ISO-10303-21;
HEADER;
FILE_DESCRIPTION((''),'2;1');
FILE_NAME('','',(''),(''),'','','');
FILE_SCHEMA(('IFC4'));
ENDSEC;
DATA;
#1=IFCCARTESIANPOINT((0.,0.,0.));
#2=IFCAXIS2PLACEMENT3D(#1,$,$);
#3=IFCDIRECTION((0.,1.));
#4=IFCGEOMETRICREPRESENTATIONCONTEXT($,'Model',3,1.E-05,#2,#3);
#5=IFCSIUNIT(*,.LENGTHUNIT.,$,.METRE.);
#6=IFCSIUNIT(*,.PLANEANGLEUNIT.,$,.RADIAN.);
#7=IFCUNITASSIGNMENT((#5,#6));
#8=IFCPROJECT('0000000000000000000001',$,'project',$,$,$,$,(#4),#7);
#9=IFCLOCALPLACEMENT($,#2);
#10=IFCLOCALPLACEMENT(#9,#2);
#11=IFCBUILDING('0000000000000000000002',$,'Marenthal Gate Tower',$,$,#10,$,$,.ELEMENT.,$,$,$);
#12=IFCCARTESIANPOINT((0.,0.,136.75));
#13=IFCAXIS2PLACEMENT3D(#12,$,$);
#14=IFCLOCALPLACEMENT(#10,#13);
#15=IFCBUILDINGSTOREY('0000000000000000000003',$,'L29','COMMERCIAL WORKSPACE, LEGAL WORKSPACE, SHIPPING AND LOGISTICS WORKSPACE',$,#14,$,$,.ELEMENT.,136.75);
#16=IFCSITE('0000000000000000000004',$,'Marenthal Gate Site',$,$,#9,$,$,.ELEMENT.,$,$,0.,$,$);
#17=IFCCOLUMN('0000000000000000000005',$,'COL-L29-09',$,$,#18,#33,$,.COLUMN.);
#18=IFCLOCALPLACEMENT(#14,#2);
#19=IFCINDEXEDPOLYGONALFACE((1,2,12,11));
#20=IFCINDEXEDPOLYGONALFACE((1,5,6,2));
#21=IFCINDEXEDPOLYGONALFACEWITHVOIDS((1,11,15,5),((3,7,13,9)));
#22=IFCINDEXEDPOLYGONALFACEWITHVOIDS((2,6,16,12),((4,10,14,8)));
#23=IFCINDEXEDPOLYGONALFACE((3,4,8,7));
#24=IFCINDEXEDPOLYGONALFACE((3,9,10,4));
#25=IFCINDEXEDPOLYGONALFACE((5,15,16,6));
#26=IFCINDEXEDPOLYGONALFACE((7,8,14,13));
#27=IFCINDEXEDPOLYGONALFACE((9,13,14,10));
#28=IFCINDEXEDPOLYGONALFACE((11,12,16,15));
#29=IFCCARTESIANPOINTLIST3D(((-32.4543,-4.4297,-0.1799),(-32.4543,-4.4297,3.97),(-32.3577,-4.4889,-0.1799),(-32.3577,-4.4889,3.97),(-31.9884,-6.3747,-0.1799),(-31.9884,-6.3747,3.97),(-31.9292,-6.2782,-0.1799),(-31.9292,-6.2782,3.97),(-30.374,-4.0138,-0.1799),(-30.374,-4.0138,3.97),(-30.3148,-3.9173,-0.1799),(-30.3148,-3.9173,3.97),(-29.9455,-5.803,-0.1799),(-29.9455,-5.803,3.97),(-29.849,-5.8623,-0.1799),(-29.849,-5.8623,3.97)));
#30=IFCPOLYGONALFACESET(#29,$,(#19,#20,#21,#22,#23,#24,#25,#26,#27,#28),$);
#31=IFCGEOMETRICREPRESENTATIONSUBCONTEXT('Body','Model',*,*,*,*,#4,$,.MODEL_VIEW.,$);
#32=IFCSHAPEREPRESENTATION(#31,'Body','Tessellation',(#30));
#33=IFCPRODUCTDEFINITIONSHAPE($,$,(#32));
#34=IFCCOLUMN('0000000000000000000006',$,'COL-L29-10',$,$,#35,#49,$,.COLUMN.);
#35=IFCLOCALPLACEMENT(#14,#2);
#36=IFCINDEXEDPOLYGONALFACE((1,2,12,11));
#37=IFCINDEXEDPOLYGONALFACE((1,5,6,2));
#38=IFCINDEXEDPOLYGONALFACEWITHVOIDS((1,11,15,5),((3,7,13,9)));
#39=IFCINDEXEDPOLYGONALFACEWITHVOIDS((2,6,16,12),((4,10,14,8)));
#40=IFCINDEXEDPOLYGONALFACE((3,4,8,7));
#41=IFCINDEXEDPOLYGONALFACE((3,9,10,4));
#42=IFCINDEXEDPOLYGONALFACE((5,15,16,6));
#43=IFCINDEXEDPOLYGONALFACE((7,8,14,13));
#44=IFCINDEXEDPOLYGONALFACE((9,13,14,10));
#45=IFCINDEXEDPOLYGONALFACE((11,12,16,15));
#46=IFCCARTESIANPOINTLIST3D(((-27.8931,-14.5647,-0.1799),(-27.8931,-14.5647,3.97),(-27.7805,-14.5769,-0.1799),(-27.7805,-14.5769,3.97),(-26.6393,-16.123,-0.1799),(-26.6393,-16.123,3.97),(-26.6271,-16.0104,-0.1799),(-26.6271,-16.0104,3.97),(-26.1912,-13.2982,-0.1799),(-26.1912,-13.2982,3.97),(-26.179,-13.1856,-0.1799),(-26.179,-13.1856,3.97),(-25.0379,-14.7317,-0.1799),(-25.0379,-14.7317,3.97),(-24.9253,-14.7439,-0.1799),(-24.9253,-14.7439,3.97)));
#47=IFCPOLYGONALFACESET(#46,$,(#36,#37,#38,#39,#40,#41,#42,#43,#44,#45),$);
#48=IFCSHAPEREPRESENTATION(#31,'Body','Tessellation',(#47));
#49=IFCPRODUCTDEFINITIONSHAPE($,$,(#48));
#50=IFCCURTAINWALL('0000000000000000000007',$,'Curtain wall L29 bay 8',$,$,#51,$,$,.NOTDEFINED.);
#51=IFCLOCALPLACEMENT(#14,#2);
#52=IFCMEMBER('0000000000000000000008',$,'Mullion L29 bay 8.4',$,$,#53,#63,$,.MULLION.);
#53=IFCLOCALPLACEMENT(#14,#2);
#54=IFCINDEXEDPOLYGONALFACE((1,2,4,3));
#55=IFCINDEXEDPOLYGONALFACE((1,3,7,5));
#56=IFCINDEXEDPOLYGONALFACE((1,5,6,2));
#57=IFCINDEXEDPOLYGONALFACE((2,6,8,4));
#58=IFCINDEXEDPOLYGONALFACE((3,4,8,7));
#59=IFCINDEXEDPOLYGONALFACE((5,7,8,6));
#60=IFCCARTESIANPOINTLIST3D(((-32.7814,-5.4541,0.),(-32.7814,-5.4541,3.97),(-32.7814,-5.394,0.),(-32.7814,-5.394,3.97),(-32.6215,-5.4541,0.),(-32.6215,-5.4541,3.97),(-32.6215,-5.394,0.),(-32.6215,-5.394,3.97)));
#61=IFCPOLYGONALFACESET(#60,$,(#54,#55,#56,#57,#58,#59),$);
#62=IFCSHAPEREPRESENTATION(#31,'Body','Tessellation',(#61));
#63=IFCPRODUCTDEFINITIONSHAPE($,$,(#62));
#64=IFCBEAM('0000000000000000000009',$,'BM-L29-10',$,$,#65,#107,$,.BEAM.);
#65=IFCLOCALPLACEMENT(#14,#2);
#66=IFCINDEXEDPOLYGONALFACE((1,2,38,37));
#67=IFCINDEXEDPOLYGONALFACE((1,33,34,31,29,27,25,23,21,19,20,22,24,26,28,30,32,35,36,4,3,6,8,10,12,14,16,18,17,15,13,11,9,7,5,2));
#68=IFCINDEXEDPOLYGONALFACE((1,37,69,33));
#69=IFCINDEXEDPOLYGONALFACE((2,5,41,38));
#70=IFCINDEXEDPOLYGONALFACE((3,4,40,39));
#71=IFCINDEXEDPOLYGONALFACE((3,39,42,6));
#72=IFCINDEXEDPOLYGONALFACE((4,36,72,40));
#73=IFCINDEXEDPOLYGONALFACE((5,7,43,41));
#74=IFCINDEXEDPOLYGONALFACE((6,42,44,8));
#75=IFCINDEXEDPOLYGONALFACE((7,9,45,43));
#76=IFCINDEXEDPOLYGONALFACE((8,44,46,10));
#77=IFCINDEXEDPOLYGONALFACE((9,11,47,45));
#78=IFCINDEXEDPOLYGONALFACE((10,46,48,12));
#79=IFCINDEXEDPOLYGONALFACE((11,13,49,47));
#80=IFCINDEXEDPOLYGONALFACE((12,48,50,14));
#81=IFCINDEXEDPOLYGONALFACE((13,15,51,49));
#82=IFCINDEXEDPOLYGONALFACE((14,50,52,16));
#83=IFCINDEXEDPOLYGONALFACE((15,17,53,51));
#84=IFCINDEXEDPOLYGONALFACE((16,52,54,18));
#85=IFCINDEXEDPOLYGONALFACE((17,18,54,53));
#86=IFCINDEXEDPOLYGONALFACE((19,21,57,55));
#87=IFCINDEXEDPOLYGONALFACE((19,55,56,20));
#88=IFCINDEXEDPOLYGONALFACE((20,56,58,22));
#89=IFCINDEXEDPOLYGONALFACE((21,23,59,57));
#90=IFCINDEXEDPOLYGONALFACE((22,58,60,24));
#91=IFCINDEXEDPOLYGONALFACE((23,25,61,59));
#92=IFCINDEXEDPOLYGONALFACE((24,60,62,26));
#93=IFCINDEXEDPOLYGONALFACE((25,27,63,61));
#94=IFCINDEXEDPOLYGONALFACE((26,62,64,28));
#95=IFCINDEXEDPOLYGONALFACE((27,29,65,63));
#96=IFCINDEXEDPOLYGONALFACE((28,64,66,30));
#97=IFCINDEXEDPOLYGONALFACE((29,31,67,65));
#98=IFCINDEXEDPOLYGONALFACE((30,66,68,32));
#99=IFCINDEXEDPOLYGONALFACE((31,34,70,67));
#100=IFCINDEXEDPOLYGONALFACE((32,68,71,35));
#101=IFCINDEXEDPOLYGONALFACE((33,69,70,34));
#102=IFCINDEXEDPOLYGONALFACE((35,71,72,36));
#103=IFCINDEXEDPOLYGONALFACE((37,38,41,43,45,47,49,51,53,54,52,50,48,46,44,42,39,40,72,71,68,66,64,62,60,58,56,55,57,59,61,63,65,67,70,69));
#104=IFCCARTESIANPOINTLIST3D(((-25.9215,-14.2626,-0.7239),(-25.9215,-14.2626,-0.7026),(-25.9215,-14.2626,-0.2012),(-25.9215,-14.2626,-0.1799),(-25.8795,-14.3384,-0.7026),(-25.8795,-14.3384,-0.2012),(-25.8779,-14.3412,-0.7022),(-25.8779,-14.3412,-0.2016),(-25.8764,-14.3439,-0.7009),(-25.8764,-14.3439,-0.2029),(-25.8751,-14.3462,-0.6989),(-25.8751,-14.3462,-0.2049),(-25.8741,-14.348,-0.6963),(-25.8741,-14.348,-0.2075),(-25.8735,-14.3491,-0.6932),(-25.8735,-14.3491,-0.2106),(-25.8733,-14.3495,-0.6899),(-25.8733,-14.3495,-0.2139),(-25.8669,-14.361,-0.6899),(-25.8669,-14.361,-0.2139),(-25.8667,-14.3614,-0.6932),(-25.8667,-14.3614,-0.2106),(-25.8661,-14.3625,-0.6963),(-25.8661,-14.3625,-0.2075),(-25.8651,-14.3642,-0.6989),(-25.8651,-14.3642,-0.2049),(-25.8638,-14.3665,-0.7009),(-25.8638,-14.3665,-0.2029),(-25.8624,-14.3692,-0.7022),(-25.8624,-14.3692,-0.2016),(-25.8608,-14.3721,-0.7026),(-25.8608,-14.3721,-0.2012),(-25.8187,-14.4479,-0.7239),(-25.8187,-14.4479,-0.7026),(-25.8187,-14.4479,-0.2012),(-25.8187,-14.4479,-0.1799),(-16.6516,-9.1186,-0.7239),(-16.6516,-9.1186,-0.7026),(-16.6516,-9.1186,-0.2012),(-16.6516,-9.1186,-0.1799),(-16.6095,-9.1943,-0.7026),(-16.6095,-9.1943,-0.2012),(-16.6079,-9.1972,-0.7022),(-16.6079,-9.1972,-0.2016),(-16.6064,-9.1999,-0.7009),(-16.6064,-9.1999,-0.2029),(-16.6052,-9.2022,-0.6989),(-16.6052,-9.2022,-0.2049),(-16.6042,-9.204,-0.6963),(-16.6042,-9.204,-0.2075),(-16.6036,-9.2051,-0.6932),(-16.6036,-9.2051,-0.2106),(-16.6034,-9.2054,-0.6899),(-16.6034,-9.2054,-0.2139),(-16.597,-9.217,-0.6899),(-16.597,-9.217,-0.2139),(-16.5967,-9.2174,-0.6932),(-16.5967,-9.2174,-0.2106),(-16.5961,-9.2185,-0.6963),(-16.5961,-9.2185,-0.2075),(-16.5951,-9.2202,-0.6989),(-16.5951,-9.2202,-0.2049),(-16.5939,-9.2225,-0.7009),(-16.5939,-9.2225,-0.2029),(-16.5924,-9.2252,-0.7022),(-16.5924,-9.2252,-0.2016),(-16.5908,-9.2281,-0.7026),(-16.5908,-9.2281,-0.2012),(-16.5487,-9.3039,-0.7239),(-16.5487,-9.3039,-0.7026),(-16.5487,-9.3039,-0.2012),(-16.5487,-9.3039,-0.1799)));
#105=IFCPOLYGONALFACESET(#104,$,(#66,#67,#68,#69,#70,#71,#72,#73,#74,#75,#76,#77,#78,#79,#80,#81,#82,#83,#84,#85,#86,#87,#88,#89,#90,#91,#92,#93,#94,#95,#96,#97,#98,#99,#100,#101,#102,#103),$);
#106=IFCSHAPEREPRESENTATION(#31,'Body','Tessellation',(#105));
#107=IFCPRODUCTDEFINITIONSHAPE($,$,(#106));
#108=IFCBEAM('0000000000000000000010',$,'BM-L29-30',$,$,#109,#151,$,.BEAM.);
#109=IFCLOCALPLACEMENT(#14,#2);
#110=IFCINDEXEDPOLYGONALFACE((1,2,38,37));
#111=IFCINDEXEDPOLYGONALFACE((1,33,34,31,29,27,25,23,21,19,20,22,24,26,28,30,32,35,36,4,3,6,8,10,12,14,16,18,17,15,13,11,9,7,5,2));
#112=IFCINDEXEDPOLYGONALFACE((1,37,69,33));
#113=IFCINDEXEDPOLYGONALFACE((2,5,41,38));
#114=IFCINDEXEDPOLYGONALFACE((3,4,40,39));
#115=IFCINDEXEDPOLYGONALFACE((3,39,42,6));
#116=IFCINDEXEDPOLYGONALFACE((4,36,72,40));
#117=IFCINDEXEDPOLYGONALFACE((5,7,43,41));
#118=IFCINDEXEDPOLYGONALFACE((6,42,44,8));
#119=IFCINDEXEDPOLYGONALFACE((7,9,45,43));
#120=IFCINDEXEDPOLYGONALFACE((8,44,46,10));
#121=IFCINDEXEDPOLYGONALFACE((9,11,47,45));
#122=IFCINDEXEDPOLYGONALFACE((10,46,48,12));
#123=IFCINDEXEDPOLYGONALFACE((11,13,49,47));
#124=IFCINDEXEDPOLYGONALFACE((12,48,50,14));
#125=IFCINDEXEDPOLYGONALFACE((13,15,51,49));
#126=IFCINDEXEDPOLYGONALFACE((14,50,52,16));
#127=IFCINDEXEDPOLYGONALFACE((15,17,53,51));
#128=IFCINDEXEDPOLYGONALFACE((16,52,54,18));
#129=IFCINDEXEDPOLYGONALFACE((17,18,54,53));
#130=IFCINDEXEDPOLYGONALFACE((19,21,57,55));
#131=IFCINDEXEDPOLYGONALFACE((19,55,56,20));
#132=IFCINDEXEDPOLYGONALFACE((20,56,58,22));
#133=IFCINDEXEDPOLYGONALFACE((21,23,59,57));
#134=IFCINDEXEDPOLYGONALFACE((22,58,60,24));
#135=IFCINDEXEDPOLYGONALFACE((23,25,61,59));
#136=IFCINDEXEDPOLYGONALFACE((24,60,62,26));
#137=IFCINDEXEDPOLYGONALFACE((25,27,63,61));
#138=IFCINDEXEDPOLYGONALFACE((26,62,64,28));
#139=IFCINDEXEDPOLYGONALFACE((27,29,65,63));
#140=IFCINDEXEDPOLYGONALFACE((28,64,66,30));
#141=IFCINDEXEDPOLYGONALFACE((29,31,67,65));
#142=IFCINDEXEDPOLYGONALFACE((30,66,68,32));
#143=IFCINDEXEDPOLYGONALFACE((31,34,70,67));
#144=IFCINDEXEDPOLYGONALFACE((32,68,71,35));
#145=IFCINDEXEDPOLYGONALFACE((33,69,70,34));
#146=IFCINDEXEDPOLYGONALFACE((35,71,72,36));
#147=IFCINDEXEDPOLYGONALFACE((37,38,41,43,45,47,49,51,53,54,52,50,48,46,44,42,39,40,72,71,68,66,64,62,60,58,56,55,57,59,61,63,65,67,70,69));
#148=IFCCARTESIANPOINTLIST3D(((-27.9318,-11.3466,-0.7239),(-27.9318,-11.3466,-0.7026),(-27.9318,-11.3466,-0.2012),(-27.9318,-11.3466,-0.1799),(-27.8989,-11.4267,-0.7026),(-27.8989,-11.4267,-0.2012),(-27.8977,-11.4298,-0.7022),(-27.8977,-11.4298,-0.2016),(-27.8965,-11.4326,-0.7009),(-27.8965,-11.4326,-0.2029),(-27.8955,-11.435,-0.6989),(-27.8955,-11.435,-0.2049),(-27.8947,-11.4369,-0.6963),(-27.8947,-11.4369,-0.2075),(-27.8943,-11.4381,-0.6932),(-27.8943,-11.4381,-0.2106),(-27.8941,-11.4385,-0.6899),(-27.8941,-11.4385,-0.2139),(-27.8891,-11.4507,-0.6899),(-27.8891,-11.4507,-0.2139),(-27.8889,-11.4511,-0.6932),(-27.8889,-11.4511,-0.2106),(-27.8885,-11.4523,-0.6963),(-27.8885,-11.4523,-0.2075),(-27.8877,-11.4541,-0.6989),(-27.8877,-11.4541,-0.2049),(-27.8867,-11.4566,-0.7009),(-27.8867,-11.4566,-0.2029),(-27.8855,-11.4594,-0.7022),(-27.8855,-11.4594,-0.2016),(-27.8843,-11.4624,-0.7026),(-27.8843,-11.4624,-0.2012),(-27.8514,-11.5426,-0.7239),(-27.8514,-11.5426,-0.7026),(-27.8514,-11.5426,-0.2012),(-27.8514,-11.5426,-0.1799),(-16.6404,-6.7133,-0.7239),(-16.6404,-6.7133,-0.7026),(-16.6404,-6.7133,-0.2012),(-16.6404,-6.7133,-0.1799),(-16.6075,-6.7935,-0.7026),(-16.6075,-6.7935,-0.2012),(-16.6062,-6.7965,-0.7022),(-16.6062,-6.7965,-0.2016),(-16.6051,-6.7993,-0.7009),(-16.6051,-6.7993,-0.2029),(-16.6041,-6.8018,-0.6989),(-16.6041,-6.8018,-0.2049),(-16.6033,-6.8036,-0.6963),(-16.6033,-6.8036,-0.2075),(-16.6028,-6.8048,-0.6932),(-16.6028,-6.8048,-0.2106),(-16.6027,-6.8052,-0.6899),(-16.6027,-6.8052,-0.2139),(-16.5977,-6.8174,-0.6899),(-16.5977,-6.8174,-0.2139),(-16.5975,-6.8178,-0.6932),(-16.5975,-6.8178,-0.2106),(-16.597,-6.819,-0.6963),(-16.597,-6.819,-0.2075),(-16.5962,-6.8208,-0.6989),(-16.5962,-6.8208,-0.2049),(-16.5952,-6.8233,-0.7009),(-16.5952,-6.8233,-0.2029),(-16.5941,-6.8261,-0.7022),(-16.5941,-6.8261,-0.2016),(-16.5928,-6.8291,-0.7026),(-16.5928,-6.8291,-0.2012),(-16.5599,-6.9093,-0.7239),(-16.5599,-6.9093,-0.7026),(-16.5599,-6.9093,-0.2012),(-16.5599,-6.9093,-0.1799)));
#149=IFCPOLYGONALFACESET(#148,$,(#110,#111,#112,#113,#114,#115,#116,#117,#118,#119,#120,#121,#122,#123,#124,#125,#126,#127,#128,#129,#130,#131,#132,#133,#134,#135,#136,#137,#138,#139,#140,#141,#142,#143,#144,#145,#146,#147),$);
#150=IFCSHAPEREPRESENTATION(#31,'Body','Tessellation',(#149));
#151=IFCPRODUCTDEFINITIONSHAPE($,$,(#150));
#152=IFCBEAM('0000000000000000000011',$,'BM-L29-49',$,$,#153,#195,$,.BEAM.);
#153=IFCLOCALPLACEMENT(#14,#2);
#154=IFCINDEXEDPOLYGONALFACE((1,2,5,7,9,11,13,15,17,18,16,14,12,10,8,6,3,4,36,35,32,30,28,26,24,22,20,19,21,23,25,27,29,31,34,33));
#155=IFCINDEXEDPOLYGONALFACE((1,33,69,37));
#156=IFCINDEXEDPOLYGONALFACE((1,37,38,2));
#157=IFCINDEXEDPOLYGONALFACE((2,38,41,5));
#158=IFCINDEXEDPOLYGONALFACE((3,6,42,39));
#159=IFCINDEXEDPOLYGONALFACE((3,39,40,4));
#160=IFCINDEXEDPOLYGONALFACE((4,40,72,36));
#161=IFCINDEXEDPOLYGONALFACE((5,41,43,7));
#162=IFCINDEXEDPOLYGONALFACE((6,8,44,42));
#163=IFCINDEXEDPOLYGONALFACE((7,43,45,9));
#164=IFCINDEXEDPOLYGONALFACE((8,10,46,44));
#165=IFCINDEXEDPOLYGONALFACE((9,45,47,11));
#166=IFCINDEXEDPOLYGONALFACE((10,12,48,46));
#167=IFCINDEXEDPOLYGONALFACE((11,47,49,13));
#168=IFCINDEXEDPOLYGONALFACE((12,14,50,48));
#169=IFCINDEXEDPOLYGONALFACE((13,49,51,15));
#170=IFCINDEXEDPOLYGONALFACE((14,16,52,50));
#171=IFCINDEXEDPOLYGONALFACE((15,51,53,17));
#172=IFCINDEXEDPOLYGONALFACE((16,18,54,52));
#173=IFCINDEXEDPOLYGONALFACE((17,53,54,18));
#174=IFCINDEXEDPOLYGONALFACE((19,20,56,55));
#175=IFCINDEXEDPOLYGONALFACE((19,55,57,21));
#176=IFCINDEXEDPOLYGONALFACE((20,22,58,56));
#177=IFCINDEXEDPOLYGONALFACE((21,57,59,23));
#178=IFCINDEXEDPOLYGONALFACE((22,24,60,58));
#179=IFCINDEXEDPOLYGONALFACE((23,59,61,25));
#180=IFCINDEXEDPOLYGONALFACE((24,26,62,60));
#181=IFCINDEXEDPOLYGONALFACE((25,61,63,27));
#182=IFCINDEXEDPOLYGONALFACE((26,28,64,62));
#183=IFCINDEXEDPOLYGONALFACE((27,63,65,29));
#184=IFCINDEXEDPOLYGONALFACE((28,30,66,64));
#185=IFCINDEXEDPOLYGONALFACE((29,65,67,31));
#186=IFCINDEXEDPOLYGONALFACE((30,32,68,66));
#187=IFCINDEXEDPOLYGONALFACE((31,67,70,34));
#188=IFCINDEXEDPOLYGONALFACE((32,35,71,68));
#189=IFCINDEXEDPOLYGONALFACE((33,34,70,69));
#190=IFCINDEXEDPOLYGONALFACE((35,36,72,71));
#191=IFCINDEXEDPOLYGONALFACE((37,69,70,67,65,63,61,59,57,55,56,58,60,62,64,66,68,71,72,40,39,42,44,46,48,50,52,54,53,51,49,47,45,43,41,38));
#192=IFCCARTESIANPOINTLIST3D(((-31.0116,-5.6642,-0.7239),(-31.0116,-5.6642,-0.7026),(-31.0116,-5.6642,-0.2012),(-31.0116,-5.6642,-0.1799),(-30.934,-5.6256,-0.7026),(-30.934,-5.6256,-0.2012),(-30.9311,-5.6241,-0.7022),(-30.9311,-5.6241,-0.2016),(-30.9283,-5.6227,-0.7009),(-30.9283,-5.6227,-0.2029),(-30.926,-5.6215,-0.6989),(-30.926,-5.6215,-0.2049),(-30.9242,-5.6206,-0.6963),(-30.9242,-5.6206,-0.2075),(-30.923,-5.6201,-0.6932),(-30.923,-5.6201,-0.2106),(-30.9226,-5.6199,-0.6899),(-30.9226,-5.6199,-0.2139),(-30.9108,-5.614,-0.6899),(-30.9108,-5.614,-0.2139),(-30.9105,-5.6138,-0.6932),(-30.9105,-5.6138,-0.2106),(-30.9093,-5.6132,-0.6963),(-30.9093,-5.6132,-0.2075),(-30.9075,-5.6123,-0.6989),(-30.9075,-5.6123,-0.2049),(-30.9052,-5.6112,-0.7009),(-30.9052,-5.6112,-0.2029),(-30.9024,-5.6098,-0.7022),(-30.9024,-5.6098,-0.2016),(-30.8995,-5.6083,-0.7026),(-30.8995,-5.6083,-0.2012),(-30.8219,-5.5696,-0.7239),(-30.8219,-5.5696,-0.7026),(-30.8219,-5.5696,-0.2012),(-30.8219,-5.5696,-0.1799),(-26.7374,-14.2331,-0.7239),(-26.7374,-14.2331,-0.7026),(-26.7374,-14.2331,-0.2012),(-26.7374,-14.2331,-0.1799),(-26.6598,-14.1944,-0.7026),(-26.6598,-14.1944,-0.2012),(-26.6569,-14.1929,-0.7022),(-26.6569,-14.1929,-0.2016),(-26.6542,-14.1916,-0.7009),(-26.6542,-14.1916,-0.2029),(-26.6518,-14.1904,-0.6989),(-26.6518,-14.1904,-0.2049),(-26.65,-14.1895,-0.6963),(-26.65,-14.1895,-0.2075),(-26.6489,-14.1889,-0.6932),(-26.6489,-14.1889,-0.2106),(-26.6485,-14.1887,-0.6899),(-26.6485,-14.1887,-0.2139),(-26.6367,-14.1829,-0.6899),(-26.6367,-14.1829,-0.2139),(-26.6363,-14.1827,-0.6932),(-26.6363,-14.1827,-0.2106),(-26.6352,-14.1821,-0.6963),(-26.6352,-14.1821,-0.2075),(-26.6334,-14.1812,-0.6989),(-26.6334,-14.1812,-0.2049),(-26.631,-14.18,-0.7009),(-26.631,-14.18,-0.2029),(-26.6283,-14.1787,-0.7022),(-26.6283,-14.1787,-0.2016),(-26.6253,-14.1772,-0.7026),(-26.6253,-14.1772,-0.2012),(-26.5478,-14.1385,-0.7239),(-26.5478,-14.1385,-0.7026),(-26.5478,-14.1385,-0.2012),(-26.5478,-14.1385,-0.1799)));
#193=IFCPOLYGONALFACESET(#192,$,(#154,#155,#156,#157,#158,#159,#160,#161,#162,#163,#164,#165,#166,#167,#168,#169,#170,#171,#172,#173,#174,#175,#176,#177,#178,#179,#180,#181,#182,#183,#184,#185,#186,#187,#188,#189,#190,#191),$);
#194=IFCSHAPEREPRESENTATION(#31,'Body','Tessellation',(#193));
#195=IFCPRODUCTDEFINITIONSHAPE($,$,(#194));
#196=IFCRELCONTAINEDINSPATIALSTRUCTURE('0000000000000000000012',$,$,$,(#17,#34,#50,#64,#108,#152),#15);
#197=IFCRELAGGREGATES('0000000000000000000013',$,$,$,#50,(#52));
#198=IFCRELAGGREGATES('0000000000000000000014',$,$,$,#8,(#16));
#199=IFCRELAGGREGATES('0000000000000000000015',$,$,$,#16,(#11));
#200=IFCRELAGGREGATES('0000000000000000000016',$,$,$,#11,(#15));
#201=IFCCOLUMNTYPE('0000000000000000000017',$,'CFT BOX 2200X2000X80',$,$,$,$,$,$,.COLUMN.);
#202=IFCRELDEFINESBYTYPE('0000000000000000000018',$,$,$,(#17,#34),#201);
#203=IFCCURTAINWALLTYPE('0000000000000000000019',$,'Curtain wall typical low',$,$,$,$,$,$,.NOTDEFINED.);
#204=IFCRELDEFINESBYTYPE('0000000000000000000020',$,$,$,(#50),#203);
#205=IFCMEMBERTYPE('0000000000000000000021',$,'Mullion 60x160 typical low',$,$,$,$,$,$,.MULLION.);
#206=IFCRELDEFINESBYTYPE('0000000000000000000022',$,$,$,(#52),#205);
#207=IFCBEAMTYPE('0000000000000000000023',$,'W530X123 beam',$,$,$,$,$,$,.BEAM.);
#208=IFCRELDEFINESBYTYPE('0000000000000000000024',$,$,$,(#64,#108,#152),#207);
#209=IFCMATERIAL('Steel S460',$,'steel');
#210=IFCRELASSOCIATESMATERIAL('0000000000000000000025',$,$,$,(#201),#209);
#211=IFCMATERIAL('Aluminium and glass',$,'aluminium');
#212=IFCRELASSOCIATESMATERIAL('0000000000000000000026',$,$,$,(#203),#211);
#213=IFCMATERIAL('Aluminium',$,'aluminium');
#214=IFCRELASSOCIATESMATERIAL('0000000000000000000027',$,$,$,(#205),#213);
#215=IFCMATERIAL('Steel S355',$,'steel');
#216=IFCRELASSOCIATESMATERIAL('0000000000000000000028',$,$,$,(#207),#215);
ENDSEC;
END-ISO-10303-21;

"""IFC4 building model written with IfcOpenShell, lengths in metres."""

from ifc_helpers import new_model, si_unit, direction, frame, origin, origin_2d, place, context, subcontext, project, spatial, rectangle, hollow_rectangle, i_section, extrude, material, material_profile, profile_set, type_object, element, aggregate, save


model = new_model("IFC4")

# Units and contexts
model_context = context("Model", 3, precision=1e-05, world=origin(), true_north=direction((0.0, 1.0)))
body_context = subcontext(model_context, "Body", "Model", "MODEL_VIEW")
ifc_project = project(units=[si_unit("LENGTHUNIT", "METRE"), si_unit("PLANEANGLEUNIT", "RADIAN")], contexts=[model_context])

# Site, building, storey
site_placement = place(None, origin())
site = spatial("IfcSite", under=ifc_project, at=site_placement, Name="Marenthal Gate Site", CompositionType="ELEMENT", RefElevation=0.0)
building_placement = place(site_placement, origin())
building = spatial("IfcBuilding", under=site, at=building_placement, Name="Marenthal Gate Tower", CompositionType="ELEMENT")
storey_placement = place(building_placement, frame((0.0, 0.0, 136.75)))
storey = spatial("IfcBuildingStorey", under=building, at=storey_placement, Name="L29", Description="COMMERCIAL WORKSPACE, LEGAL WORKSPACE, SHIPPING AND LOGISTICS WORKSPACE", CompositionType="ELEMENT", Elevation=136.75)

# Columns
ifc_material_1 = material(Name="Steel S460", Category="steel")
ifc_material_profile_1 = material_profile(ifc_material_1, hollow_rectangle(XDim=2.0, YDim=2.2, WallThickness=0.0801, at=origin_2d()), Name="CFT BOX 2200X2000X80")
ifc_material_2 = material(Name="Concrete 70 MPa", Category="concrete")
ifc_material_profile_2 = material_profile(ifc_material_2, rectangle(XDim=1.8401, YDim=2.04, at=origin_2d()), Name="CFT BOX 2200X2000X80 INFILL")
ifc_profile_set_1 = profile_set([ifc_material_profile_1, ifc_material_profile_2], Name="Steel S460 shell, Concrete 70 MPa infill")
column_type = type_object("IfcColumnType", Name="CFT BOX 2200X2000X80", PredefinedType="COLUMN", material=ifc_profile_set_1)
for number, where, z_axis, x_axis, name in (
    (1, (-31.1516, -5.146, -0.1799), (0.0, 0.0, 1.0), (-0.232933, 0.972493, 0.0), "COL-L29-09"),
    (2, (-26.4092, -14.6543, -0.1799), (0.0, 0.0, 1.0), (-0.626873, 0.779121, 0.0), "COL-L29-10"),
):
    element("IfcColumn", number, at=place(storey_placement, frame(where, z_axis=z_axis, x_axis=x_axis)), inside=storey, type_object=column_type, Name=name, PredefinedType="COLUMN", context=body_context, shape_type="SweptSolid", body=[
        extrude(hollow_rectangle(XDim=2.0, YDim=2.2, WallThickness=0.0801, at=origin_2d()), origin(), (0.0, 0.0, 1.0), 4.1499),
    ])

# Curtain wall, member
ifc_material_3 = material(Name="Aluminium and glass", Category="aluminium")
curtain_wall_type = type_object("IfcCurtainWallType", Name="Curtain wall typical low", PredefinedType="NOTDEFINED", material=ifc_material_3)
curtain_wall_placement = place(storey_placement, origin())
curtain_wall = element("IfcCurtainWall", 3, at=curtain_wall_placement, inside=storey, type_object=curtain_wall_type, Name="Curtain wall L29 bay 8", PredefinedType="NOTDEFINED")
ifc_material_4 = material(Name="Aluminium", Category="aluminium")
ifc_material_profile_3 = material_profile(ifc_material_4, rectangle(XDim=0.1599, YDim=0.0601, at=origin_2d()), Name="60x160 aluminium mullion")
ifc_profile_set_2 = profile_set([ifc_material_profile_3], Name="Aluminium")
member_type = type_object("IfcMemberType", Name="Mullion 60x160 typical low", PredefinedType="MULLION", material=ifc_profile_set_2)
member_placement = place(storey_placement, frame((-32.7014, -5.4241, 0.0), z_axis=(0.0, 0.0, 1.0), x_axis=(1.0, 0.0, 0.0)))
member = element("IfcMember", 4, at=member_placement, type_object=member_type, Name="Mullion L29 bay 8.4", PredefinedType="MULLION", context=body_context, shape_type="SweptSolid", body=[
    extrude(rectangle(XDim=0.1599, YDim=0.0601, at=origin_2d()), origin(), (0.0, 0.0, 1.0), 3.97),
])

# Beams
ifc_material_5 = material(Name="Steel S355", Category="steel")
ifc_material_profile_4 = material_profile(ifc_material_5, i_section(OverallWidth=0.2119, OverallDepth=0.5439, WebThickness=0.0132, FlangeThickness=0.0212, FilletRadius=0.0127, at=origin_2d()), Name="W530X123")
ifc_profile_set_3 = profile_set([ifc_material_profile_4], Name="Steel S355")
beam_type_1 = type_object("IfcBeamType", Name="W530X123 beam", PredefinedType="BEAM", material=ifc_profile_set_3)
beam_1_placement = place(storey_placement, frame((-25.8701, -14.3552, -0.4519), z_axis=(0.874396, 0.485213, 0.0), x_axis=(-0.485213, 0.874396, 0.0)))
element("IfcBeam", 5, at=beam_1_placement, inside=storey, type_object=beam_type_1, Name="BM-L29-10", PredefinedType="BEAM", context=body_context, shape_type="SweptSolid", body=[
    extrude(i_section(OverallWidth=0.2119, OverallDepth=0.5439, WebThickness=0.0132, FlangeThickness=0.0212, FilletRadius=0.0127, at=origin_2d()), origin(), (0.0, 0.0, 1.0), 10.6016),
])
beam_2_placement = place(storey_placement, frame((-27.8916, -11.4446, -0.4519), z_axis=(0.925143, 0.379619, 0.0), x_axis=(-0.379619, 0.925143, 0.0)))
element("IfcBeam", 6, at=beam_2_placement, inside=storey, type_object=beam_type_1, Name="BM-L29-30", PredefinedType="BEAM", context=body_context, shape_type="SweptSolid", body=[
    extrude(i_section(OverallWidth=0.2119, OverallDepth=0.5439, WebThickness=0.0132, FlangeThickness=0.0212, FilletRadius=0.0127, at=origin_2d()), origin(), (0.0, 0.0, 1.0), 12.2051),
])
beam_3_placement = place(storey_placement, frame((-30.9167, -5.6169, -0.4519), z_axis=(0.446357, -0.894855, 0.0), x_axis=(0.894855, 0.446357, 0.0)))
element("IfcBeam", 7, at=beam_3_placement, inside=storey, type_object=beam_type_1, Name="BM-L29-49", PredefinedType="BEAM", context=body_context, shape_type="SweptSolid", body=[
    extrude(i_section(OverallWidth=0.2119, OverallDepth=0.5439, WebThickness=0.0132, FlangeThickness=0.0212, FilletRadius=0.0127, at=origin_2d()), origin(), (0.0, 0.0, 1.0), 9.5757),
])

aggregate(curtain_wall, [member])

save(model, "model.ifc")
